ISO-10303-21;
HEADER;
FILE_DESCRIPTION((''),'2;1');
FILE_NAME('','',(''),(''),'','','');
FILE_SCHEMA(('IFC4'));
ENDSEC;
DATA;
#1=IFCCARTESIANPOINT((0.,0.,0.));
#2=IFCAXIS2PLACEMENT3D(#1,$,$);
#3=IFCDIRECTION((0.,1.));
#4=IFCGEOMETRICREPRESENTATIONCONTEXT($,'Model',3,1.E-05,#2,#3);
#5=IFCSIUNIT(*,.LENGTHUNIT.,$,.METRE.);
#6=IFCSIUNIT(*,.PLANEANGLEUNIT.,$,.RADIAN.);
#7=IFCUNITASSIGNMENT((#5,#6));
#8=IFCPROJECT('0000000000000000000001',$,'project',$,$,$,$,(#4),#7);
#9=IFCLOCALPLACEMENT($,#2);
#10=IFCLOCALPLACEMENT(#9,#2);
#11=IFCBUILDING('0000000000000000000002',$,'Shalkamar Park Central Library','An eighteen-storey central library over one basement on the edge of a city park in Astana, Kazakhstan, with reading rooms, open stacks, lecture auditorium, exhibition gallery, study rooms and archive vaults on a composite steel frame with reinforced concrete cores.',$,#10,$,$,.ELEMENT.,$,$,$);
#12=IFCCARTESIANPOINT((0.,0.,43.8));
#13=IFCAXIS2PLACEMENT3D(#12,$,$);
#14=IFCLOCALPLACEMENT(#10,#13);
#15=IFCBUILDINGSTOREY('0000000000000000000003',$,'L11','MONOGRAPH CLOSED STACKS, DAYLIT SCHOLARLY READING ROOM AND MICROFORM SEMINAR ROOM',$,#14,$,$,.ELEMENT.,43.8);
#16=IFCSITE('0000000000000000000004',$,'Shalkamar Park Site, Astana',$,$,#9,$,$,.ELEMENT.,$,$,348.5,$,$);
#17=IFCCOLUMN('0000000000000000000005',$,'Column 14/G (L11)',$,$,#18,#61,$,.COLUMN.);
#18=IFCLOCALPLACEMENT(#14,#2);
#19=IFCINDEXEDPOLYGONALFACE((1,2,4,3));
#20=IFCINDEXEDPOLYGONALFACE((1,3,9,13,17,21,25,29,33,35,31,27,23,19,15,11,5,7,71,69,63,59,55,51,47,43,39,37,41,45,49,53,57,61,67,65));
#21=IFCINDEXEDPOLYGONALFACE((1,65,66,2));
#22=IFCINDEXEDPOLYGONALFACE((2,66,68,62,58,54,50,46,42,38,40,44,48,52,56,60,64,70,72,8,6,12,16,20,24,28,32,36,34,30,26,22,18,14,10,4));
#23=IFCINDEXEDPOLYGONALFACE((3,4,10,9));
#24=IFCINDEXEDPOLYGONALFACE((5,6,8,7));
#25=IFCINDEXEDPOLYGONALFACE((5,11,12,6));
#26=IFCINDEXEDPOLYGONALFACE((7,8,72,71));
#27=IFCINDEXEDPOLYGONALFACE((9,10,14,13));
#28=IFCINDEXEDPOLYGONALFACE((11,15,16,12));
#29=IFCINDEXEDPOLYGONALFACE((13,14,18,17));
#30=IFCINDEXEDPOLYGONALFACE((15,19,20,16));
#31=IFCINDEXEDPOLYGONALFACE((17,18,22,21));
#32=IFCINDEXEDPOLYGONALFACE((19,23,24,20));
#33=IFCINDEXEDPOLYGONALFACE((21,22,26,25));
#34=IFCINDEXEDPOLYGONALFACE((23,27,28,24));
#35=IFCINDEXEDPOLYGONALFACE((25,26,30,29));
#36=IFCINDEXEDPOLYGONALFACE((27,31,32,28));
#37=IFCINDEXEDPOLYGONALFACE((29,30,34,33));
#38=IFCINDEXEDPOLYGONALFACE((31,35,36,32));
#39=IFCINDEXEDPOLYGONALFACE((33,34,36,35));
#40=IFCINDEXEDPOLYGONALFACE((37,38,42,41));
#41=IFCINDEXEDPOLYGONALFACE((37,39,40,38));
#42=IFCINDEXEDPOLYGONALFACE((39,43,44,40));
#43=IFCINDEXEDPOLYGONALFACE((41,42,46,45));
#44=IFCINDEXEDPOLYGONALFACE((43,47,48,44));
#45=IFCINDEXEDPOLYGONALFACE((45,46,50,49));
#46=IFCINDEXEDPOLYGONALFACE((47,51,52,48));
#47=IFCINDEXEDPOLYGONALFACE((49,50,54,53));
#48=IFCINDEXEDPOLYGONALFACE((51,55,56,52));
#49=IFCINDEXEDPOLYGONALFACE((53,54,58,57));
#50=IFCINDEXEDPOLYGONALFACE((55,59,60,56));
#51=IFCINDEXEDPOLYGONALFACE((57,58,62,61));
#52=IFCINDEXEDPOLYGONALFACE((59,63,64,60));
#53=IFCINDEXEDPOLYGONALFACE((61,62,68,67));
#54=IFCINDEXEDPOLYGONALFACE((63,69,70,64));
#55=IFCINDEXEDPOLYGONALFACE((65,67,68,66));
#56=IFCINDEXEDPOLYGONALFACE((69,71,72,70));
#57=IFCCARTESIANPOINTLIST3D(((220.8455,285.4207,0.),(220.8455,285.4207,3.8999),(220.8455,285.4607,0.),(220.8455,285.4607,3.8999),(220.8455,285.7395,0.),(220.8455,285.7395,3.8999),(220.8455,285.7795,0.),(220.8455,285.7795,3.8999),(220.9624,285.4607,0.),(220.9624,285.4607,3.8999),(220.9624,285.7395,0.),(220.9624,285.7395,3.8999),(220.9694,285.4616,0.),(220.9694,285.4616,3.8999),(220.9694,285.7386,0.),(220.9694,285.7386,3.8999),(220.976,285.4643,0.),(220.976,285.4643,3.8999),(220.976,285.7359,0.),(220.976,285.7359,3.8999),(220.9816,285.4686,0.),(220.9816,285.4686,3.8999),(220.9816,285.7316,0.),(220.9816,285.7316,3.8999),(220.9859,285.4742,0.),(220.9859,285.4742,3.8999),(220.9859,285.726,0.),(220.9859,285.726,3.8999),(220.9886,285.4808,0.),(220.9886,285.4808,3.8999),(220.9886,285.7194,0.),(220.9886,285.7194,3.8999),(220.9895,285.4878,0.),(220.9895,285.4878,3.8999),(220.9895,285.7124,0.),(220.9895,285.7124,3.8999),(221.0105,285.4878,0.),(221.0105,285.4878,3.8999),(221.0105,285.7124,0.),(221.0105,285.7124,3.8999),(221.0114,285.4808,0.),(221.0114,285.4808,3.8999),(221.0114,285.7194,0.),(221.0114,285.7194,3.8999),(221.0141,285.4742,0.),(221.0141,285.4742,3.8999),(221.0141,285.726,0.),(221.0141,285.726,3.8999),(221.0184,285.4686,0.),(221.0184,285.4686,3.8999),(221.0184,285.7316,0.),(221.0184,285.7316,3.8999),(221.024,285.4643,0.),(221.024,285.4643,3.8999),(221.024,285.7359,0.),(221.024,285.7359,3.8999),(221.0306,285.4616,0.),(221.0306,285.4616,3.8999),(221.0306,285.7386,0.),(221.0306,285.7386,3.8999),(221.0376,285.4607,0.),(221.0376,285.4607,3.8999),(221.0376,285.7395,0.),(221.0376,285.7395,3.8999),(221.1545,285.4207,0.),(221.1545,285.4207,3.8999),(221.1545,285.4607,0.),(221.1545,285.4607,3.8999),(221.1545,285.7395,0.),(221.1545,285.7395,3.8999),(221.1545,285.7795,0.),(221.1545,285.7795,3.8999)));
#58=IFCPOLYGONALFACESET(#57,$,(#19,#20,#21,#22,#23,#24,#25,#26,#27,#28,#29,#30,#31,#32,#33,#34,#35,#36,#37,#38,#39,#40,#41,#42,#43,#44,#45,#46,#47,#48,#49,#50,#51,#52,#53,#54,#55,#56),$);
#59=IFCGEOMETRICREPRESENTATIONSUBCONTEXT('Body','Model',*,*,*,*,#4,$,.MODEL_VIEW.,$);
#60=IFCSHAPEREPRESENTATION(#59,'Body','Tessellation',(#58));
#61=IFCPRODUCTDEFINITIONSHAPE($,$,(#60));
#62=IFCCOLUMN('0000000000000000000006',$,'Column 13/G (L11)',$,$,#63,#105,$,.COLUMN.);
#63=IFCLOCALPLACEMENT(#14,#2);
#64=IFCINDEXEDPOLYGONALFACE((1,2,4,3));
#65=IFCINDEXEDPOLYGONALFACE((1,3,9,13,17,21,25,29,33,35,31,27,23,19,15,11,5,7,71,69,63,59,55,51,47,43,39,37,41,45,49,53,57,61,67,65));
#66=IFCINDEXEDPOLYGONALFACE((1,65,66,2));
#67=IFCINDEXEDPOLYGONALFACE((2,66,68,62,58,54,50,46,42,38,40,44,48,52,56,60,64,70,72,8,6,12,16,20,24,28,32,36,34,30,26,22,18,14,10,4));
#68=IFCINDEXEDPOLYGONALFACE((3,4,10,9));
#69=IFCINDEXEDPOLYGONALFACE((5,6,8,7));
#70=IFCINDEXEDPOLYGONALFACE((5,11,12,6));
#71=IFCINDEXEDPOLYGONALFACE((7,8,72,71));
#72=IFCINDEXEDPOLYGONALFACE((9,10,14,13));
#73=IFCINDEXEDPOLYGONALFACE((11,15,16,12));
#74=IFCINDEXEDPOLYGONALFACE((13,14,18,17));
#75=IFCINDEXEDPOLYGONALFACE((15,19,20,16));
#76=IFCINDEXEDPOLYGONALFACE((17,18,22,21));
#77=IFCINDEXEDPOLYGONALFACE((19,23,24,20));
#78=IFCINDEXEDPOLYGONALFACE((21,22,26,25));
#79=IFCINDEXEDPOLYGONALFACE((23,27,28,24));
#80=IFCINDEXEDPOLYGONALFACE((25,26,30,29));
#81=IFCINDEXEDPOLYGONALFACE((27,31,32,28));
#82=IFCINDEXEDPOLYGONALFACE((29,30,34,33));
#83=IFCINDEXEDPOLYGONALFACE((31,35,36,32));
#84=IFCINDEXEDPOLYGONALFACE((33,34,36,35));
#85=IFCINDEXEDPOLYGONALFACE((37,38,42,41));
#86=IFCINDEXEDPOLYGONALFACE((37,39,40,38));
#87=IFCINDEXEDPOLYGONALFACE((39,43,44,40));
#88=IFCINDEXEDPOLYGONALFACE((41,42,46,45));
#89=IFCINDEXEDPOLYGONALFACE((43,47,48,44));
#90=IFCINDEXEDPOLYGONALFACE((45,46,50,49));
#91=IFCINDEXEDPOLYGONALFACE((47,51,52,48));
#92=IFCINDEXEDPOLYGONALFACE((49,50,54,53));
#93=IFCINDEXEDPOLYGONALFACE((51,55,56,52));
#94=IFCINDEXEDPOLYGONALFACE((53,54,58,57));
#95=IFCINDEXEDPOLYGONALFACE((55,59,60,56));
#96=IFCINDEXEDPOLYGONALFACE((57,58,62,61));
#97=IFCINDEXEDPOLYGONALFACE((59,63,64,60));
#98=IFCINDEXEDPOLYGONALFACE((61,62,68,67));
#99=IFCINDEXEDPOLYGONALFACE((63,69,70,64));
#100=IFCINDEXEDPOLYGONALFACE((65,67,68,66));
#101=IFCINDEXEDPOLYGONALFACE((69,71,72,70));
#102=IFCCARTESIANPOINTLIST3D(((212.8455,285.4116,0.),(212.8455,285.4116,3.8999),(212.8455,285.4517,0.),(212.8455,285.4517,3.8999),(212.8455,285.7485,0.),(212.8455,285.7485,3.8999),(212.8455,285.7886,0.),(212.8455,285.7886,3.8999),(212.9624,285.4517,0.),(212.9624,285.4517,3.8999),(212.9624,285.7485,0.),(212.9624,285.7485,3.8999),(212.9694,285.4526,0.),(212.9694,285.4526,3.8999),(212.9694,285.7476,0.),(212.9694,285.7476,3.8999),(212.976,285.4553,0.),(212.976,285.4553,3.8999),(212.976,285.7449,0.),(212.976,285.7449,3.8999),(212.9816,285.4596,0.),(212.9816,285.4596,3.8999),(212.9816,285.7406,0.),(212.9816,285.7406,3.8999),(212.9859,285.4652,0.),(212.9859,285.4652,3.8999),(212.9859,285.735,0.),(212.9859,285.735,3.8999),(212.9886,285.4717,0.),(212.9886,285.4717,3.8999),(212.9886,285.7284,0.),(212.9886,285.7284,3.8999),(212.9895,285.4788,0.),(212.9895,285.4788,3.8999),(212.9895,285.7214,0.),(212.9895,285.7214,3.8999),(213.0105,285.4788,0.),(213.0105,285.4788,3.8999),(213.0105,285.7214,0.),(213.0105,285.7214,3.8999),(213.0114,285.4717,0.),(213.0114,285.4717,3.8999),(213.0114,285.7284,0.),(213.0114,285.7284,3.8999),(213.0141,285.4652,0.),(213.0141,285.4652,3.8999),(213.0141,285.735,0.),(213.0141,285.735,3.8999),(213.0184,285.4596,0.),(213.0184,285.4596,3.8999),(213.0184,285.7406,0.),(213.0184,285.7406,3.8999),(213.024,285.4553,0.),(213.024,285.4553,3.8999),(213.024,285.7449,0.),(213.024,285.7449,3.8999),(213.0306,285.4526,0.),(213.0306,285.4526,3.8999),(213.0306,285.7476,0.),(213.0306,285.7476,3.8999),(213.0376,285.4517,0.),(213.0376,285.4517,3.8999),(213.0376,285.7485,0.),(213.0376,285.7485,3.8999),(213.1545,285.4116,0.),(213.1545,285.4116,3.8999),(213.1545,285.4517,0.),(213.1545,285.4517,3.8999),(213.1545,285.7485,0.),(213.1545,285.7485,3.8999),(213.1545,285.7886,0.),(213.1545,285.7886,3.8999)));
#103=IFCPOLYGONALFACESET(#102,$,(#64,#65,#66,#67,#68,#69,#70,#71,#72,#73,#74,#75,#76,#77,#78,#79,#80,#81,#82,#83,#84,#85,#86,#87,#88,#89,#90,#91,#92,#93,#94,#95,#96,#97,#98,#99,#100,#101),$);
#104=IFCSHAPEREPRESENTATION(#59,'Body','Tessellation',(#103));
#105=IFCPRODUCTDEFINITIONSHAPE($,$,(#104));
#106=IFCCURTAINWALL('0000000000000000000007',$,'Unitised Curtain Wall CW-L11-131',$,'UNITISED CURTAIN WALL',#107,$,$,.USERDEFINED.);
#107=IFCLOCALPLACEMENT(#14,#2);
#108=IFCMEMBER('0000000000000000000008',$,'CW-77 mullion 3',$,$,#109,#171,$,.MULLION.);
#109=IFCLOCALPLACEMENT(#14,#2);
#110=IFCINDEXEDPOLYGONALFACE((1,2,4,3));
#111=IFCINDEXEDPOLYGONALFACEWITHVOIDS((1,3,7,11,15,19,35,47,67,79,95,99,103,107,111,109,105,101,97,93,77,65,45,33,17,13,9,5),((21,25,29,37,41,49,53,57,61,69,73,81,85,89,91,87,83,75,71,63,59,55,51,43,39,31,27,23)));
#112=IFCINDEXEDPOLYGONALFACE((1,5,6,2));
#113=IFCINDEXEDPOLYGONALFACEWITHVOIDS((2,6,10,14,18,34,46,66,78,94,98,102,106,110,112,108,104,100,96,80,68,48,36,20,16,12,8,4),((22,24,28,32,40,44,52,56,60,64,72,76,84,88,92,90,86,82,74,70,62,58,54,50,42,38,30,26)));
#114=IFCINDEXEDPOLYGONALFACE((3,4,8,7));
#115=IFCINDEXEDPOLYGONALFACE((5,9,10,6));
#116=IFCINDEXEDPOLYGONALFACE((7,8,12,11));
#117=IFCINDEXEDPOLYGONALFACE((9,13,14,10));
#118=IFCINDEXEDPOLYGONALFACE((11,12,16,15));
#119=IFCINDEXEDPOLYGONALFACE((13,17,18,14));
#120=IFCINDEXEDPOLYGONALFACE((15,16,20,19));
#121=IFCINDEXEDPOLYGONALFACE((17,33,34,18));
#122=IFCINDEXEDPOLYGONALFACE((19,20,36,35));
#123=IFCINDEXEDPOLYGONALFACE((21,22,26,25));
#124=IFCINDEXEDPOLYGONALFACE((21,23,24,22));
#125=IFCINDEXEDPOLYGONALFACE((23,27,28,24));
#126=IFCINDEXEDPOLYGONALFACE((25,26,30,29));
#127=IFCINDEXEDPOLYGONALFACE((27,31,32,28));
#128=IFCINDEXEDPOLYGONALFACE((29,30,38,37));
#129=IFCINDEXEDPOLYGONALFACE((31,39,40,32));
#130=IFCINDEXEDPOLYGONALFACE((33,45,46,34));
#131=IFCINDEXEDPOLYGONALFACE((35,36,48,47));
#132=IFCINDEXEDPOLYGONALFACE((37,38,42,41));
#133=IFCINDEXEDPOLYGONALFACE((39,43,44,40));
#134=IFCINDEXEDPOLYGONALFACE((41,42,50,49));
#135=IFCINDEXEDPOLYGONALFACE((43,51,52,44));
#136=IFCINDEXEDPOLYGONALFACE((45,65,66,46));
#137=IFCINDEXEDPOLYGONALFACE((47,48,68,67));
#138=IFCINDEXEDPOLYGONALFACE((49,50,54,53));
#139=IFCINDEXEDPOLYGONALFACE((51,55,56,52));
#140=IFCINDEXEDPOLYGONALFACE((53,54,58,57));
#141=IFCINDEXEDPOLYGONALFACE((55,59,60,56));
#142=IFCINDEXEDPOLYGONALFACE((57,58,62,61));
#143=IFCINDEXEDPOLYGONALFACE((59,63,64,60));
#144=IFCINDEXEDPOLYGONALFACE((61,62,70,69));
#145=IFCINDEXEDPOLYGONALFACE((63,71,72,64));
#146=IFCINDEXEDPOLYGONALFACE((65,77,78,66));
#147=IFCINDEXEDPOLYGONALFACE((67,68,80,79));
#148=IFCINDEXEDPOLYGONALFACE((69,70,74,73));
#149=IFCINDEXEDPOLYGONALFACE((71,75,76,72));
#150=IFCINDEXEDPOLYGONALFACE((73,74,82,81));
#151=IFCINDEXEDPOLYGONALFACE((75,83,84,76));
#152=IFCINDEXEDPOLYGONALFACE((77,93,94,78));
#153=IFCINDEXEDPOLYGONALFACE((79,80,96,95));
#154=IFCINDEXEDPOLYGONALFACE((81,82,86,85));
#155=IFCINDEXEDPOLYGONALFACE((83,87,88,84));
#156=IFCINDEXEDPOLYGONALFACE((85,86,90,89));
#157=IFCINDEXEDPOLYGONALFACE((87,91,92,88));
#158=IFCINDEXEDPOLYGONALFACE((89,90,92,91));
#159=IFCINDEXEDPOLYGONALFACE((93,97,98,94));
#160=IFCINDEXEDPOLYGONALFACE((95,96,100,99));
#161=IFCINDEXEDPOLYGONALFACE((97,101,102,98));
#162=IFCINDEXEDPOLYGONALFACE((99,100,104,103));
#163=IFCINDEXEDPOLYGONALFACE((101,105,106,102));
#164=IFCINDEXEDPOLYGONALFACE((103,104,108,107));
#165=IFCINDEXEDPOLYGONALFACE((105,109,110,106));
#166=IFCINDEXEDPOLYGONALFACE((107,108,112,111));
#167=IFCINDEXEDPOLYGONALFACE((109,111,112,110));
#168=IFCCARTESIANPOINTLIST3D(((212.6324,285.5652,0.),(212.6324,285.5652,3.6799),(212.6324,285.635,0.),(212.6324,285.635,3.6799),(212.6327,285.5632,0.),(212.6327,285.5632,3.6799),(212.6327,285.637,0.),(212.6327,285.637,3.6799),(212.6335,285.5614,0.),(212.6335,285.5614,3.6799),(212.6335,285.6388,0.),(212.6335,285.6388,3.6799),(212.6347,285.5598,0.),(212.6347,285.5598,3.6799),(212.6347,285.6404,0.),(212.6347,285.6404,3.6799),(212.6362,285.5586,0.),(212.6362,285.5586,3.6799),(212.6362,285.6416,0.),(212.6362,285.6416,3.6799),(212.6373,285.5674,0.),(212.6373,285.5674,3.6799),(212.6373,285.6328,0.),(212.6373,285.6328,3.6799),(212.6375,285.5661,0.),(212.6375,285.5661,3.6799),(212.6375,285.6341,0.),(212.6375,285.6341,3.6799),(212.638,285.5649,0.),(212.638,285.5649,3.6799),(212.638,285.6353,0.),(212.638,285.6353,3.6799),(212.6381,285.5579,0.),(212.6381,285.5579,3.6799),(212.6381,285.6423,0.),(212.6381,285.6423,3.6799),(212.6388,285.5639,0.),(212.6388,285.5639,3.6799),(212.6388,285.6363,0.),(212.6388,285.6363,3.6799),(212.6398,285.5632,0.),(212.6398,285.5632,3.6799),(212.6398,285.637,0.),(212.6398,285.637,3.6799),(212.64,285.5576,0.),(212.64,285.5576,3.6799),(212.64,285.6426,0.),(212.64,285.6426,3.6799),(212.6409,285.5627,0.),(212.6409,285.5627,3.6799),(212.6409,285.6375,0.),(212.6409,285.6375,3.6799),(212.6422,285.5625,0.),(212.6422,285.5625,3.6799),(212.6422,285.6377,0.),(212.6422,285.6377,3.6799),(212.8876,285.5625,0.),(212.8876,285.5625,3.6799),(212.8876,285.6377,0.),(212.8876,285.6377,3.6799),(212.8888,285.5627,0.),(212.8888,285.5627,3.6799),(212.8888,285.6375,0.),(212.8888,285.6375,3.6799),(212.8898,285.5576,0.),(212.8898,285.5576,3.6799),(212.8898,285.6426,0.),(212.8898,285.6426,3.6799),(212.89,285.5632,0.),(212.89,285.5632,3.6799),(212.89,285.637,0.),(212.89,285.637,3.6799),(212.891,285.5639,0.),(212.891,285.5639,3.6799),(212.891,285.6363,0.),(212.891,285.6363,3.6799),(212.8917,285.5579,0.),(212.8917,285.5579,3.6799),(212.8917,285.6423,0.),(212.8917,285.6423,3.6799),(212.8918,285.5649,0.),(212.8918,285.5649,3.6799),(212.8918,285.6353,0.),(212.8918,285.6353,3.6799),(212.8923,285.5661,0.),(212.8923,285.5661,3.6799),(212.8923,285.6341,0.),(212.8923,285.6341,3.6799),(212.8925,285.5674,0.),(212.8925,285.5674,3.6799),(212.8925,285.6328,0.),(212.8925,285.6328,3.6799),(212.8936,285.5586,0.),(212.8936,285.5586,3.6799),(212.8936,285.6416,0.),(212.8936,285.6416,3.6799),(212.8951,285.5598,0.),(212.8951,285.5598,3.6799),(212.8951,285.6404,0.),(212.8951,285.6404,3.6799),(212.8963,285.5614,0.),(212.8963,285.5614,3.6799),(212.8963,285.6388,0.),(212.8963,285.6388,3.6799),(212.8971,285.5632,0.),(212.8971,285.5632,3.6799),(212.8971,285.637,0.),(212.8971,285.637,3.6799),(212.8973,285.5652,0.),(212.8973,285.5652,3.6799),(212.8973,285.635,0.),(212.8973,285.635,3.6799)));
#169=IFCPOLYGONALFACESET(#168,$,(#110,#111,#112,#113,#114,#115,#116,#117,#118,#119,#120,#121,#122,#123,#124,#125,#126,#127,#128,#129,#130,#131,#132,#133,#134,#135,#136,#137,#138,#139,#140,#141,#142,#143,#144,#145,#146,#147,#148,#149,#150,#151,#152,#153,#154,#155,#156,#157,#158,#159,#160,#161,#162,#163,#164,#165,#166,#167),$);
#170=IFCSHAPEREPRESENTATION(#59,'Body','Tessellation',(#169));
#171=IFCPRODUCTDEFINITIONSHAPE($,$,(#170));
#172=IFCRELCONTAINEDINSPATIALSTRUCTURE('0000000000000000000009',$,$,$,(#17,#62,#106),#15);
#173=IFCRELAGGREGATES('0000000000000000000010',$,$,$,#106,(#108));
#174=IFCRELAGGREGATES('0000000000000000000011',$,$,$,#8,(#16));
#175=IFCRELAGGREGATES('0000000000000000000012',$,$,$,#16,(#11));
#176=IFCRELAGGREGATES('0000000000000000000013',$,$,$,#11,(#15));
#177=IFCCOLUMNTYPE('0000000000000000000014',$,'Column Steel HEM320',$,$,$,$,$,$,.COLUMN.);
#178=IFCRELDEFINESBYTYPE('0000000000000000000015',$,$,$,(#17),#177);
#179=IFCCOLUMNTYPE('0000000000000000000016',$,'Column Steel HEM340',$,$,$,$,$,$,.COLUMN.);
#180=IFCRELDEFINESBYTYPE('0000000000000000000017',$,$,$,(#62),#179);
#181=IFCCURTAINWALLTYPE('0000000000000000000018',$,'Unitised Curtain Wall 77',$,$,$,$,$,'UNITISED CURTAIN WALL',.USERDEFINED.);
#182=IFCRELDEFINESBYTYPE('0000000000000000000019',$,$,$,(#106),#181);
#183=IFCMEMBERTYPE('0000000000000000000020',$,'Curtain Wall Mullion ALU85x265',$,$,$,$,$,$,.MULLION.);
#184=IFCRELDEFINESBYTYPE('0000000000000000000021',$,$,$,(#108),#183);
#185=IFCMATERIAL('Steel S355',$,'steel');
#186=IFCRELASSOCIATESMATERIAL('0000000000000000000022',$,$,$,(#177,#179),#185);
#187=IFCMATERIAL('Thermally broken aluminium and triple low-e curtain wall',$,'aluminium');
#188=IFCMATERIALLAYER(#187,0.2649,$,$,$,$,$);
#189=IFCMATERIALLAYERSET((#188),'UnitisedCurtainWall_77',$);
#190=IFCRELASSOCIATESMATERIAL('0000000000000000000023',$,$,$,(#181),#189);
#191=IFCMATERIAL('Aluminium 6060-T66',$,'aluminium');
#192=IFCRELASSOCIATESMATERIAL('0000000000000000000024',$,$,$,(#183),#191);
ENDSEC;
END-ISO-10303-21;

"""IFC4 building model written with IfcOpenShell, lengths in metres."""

from ifc_helpers import new_model, si_unit, direction, frame, origin, origin_2d, place, context, subcontext, project, spatial, hollow_rectangle, i_section, extrude, material, layer, layer_set, material_profile, profile_set, type_object, element, aggregate, save


model = new_model("IFC4")

# Units and contexts
model_context = context("Model", 3, precision=1e-05, world=origin(), true_north=direction((0.0, 1.0)))
body_context = subcontext(model_context, "Body", "Model", "MODEL_VIEW")
ifc_project = project(units=[si_unit("LENGTHUNIT", "METRE"), si_unit("PLANEANGLEUNIT", "RADIAN")], contexts=[model_context])

# Site, building, storey
site_placement = place(None, origin())
site = spatial("IfcSite", under=ifc_project, at=site_placement, Name="Shalkamar Park Site, Astana", CompositionType="ELEMENT", RefElevation=348.5)
building_placement = place(site_placement, origin())
building = spatial("IfcBuilding", under=site, at=building_placement, Name="Shalkamar Park Central Library", Description="An eighteen-storey central library over one basement on the edge of a city park in Astana, Kazakhstan, with reading rooms, open stacks, lecture auditorium, exhibition gallery, study rooms and archive vaults on a composite steel frame with reinforced concrete cores.", CompositionType="ELEMENT")
storey_placement = place(building_placement, frame((0.0, 0.0, 43.8)))
storey = spatial("IfcBuildingStorey", under=building, at=storey_placement, Name="L11", Description="MONOGRAPH CLOSED STACKS, DAYLIT SCHOLARLY READING ROOM AND MICROFORM SEMINAR ROOM", CompositionType="ELEMENT", Elevation=43.8)

# Columns
ifc_material_1 = material(Name="Steel S355", Category="steel")
ifc_material_profile_1 = material_profile(ifc_material_1, i_section(OverallWidth=0.3091, OverallDepth=0.3589, WebThickness=0.021, FlangeThickness=0.04, FilletRadius=0.0271, at=origin_2d()), Name="HEM 320")
ifc_profile_set_1 = profile_set([ifc_material_profile_1], Name="Steel S355")
column_type_1 = type_object("IfcColumnType", Name="Column Steel HEM320", PredefinedType="COLUMN", material=ifc_profile_set_1)
column_1_placement = place(storey_placement, frame((221.0, 285.6001, 0.0), z_axis=(0.0, 0.0, 1.0), x_axis=(1.0, 0.0, 0.0)))
element("IfcColumn", 1, at=column_1_placement, inside=storey, type_object=column_type_1, Name="Column 14/G (L11)", PredefinedType="COLUMN", context=body_context, shape_type="SweptSolid", body=[
    extrude(i_section(OverallWidth=0.3091, OverallDepth=0.3589, WebThickness=0.021, FlangeThickness=0.04, FilletRadius=0.0271, at=origin_2d()), origin(), (0.0, 0.0, 1.0), 3.8999),
])
ifc_material_profile_2 = material_profile(ifc_material_1, i_section(OverallWidth=0.3091, OverallDepth=0.377, WebThickness=0.021, FlangeThickness=0.04, FilletRadius=0.0271, at=origin_2d()), Name="HEM 340")
ifc_profile_set_2 = profile_set([ifc_material_profile_2], Name="Steel S355")
column_type_2 = type_object("IfcColumnType", Name="Column Steel HEM340", PredefinedType="COLUMN", material=ifc_profile_set_2)
column_2_placement = place(storey_placement, frame((213.0, 285.6001, 0.0), z_axis=(0.0, 0.0, 1.0), x_axis=(1.0, 0.0, 0.0)))
element("IfcColumn", 2, at=column_2_placement, inside=storey, type_object=column_type_2, Name="Column 13/G (L11)", PredefinedType="COLUMN", context=body_context, shape_type="SweptSolid", body=[
    extrude(i_section(OverallWidth=0.3091, OverallDepth=0.377, WebThickness=0.021, FlangeThickness=0.04, FilletRadius=0.0271, at=origin_2d()), origin(), (0.0, 0.0, 1.0), 3.8999),
])

# Curtain wall, member
ifc_material_2 = material(Name="Thermally broken aluminium and triple low-e curtain wall", Category="aluminium")
ifc_layer_1 = layer(ifc_material_2, 0.2649)
ifc_layer_set_1 = layer_set([ifc_layer_1], Name="UnitisedCurtainWall_77")
curtain_wall_type_1 = type_object("IfcCurtainWallType", Name="Unitised Curtain Wall 77", ElementType="UNITISED CURTAIN WALL", PredefinedType="USERDEFINED", material=ifc_layer_set_1)
curtain_wall_1_placement = place(storey_placement, origin())
curtain_wall_1 = element("IfcCurtainWall", 3, at=curtain_wall_1_placement, inside=storey, type_object=curtain_wall_type_1, Name="Unitised Curtain Wall CW-L11-131", ObjectType="UNITISED CURTAIN WALL", PredefinedType="USERDEFINED")
ifc_material_3 = material(Name="Aluminium 6060-T66", Category="aluminium")
ifc_material_profile_3 = material_profile(ifc_material_3, hollow_rectangle(XDim=0.085, YDim=0.2649, WallThickness=0.0049, InnerFilletRadius=0.0049, OuterFilletRadius=0.0076, at=origin_2d()), Name="ALU 85x265x5")
ifc_profile_set_3 = profile_set([ifc_material_profile_3], Name="Aluminium 6060-T66")
member_type_1 = type_object("IfcMemberType", Name="Curtain Wall Mullion ALU85x265", PredefinedType="MULLION", material=ifc_profile_set_3)
member_1_placement = place(storey_placement, frame((212.7649, 285.6001, 0.0), z_axis=(0.0, 0.0, 1.0), x_axis=(0.0, 1.0, 0.0)))
member_1 = element("IfcMember", 4, at=member_1_placement, type_object=member_type_1, Name="CW-77 mullion 3", PredefinedType="MULLION", context=body_context, shape_type="SweptSolid", body=[
    extrude(hollow_rectangle(XDim=0.085, YDim=0.2649, WallThickness=0.0049, InnerFilletRadius=0.0049, OuterFilletRadius=0.0076, at=origin_2d()), origin(), (0.0, 0.0, 1.0), 3.6799),
])

aggregate(curtain_wall_1, [member_1])

save(model, "model.ifc")
